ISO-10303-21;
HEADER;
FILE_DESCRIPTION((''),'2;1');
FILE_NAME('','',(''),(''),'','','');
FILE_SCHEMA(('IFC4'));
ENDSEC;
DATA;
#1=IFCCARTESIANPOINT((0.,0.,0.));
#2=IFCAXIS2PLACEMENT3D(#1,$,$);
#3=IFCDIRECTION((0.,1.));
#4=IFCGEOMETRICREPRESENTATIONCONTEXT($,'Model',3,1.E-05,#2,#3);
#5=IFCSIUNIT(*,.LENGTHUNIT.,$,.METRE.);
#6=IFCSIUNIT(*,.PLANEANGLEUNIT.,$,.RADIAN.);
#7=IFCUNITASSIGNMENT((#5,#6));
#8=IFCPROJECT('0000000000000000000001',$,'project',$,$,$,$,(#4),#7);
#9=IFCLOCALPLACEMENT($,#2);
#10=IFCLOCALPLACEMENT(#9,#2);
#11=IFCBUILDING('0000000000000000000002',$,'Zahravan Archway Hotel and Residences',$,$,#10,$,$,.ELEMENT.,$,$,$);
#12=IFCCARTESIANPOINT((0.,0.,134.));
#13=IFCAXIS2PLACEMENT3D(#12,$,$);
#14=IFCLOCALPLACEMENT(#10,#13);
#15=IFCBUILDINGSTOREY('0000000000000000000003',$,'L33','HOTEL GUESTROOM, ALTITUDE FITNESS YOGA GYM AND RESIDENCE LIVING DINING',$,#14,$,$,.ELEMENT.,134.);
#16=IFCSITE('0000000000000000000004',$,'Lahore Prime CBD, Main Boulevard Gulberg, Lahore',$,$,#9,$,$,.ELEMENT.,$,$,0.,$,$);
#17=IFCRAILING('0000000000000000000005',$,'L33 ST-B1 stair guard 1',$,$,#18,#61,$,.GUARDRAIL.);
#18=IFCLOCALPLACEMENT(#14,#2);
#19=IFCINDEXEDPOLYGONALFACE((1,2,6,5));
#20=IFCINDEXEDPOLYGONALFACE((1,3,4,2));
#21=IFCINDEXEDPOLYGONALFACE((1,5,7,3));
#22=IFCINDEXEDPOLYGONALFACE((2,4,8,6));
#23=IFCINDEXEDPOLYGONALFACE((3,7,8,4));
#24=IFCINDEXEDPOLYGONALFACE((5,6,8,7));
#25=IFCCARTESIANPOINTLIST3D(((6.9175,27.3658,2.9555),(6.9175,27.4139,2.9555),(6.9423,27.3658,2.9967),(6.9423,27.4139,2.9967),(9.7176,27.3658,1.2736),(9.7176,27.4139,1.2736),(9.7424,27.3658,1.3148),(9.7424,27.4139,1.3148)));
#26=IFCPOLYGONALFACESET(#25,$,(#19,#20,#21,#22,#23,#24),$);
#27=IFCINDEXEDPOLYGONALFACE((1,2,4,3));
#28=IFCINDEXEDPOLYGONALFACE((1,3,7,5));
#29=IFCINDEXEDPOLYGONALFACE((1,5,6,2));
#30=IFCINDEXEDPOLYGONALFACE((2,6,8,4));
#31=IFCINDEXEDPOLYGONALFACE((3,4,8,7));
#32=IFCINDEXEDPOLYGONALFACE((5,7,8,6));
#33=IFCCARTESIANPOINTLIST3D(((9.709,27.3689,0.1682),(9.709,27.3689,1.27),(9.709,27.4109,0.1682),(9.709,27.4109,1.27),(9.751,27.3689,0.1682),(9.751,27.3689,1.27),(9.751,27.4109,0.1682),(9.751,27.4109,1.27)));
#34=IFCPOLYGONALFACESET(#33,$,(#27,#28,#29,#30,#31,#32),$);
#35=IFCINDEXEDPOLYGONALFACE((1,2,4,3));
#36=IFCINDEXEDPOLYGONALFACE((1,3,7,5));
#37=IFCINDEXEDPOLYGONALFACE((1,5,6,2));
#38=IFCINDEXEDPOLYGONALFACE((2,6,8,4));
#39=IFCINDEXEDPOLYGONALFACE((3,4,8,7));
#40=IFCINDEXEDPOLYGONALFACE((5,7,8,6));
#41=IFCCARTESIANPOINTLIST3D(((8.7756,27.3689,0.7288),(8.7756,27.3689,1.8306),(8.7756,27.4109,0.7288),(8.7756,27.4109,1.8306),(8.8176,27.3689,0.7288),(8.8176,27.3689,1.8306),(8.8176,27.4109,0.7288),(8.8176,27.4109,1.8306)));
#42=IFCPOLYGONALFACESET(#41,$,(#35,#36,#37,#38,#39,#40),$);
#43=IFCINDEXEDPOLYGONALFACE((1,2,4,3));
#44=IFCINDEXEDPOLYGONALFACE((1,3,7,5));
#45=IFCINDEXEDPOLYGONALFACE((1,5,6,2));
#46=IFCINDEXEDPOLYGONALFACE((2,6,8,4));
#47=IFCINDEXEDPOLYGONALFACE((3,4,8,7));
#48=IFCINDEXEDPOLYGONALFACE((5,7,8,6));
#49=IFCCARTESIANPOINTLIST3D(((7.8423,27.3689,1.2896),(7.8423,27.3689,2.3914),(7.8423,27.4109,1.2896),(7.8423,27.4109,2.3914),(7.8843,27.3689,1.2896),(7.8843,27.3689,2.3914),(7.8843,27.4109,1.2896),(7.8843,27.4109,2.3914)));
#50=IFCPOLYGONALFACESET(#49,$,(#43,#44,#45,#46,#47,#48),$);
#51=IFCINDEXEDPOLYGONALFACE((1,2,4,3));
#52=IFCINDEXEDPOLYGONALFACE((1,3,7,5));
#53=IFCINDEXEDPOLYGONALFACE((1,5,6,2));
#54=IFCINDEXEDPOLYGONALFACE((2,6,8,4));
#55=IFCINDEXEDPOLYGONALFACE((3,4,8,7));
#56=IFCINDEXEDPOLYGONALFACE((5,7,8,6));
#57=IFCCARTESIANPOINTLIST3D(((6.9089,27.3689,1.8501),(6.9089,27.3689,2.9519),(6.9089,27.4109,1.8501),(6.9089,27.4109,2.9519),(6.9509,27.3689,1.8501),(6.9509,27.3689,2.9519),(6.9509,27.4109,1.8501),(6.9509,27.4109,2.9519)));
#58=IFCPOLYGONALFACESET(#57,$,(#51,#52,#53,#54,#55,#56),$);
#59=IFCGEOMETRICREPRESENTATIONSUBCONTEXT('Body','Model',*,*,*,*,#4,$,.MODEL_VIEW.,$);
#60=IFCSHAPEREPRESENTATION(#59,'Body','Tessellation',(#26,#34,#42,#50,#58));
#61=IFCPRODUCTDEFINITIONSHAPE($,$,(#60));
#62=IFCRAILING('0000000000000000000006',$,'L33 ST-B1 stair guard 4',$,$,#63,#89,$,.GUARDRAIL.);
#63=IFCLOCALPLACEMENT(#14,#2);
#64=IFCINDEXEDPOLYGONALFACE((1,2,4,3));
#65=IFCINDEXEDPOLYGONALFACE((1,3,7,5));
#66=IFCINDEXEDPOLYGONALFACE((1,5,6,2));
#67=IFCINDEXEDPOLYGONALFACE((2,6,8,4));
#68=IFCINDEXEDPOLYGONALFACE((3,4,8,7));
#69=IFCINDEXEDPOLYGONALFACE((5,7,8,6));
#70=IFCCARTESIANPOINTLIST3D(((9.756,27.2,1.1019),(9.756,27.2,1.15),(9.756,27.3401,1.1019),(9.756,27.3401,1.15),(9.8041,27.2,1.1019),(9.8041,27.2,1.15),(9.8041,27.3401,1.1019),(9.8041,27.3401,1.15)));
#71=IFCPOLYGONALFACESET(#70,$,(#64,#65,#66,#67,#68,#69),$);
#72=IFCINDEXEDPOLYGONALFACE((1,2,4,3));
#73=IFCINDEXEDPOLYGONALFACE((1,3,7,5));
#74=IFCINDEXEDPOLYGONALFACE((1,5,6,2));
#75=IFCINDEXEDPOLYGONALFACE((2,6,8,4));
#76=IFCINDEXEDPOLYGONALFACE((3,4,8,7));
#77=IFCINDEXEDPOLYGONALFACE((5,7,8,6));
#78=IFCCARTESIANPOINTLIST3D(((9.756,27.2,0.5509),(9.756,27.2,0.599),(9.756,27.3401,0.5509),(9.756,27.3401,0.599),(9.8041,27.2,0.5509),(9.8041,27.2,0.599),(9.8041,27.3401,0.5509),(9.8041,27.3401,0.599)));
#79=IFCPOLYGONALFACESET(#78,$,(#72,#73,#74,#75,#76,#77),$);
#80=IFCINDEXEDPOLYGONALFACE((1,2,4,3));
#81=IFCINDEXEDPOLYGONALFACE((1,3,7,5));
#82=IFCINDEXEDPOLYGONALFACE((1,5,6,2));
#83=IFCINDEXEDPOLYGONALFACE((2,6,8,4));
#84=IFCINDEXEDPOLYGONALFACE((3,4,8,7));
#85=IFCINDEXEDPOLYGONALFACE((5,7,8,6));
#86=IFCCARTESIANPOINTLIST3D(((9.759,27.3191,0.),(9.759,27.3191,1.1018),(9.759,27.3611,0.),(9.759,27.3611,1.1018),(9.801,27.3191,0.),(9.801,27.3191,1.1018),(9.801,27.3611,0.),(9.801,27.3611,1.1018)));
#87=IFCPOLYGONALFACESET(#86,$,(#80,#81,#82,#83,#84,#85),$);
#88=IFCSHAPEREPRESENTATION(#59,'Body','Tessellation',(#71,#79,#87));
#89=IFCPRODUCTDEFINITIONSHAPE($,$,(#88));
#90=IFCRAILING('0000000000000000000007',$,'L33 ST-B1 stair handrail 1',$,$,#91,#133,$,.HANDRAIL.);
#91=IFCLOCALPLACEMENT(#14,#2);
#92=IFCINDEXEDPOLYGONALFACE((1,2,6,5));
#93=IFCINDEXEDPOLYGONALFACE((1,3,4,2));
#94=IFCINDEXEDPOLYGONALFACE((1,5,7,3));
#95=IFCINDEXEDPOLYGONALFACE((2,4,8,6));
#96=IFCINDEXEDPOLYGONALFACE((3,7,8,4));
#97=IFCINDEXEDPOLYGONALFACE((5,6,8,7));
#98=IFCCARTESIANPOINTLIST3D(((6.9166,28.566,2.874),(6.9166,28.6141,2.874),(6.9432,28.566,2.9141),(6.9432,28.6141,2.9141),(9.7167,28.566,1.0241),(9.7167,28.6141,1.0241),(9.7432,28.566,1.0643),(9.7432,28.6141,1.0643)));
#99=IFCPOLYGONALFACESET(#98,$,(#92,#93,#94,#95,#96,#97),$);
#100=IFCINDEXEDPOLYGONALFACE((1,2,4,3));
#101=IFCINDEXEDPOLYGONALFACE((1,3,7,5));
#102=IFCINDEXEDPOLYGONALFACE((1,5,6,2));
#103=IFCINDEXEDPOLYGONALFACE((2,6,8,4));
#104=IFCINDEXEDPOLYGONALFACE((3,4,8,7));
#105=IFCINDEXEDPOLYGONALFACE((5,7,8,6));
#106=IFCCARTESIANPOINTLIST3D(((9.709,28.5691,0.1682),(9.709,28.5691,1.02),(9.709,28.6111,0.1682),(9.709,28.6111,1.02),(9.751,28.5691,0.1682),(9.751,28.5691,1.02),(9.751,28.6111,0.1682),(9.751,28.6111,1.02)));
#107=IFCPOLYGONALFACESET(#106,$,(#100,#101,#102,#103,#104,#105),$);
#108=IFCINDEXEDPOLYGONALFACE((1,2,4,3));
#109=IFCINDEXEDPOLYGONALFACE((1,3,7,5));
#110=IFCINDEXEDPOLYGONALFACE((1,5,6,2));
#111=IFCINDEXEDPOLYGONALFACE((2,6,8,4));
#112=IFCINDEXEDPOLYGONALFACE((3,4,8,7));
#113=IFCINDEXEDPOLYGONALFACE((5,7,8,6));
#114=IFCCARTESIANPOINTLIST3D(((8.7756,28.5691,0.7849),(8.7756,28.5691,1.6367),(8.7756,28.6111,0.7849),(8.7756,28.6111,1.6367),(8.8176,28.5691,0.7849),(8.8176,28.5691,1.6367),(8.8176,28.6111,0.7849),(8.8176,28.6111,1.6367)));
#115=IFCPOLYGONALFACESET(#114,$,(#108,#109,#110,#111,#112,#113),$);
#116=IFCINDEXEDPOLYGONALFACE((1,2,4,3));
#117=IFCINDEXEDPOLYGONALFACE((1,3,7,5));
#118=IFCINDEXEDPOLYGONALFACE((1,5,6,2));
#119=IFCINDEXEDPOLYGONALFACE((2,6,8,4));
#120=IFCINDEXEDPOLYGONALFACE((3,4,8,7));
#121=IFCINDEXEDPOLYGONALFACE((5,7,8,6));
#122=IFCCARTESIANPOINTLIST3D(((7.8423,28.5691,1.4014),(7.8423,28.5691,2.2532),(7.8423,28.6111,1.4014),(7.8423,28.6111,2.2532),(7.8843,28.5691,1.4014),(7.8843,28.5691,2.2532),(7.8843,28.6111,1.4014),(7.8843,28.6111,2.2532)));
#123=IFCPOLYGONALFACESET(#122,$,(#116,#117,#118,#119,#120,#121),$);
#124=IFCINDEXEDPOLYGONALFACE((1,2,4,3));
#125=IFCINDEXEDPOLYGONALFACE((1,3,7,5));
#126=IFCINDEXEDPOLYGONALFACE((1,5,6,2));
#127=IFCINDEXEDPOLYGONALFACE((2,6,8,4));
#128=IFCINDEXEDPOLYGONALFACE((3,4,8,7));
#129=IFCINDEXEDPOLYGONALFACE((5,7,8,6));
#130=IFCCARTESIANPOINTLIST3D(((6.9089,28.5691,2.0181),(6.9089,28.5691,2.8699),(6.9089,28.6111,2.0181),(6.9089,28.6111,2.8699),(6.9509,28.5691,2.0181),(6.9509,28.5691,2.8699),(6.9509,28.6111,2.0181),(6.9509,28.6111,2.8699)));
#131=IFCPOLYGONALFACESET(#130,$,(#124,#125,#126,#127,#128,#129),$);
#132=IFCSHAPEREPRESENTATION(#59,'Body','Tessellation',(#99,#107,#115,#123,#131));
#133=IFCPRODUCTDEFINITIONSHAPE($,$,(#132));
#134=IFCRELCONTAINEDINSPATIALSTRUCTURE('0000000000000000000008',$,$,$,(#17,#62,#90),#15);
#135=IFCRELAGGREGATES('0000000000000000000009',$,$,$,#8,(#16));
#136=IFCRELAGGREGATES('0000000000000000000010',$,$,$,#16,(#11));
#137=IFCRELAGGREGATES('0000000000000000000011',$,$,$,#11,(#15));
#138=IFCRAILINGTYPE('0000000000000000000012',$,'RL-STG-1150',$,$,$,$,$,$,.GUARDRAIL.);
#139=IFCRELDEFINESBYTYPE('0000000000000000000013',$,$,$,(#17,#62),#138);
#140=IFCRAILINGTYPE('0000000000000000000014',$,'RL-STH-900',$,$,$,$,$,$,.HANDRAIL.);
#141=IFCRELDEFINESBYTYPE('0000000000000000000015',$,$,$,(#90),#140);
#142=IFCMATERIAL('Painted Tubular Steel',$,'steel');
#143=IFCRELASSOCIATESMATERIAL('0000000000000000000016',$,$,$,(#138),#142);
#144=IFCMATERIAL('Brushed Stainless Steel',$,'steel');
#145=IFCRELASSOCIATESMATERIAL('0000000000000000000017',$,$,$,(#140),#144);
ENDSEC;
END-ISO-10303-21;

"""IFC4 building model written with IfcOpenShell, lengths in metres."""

from ifc_helpers import new_model, si_unit, direction, frame, origin, origin_2d, place, context, subcontext, project, spatial, rectangle, extrude, material, type_object, element, save


model = new_model("IFC4")

# Units and contexts
model_context = context("Model", 3, precision=1e-05, world=origin(), true_north=direction((0.0, 1.0)))
body_context = subcontext(model_context, "Body", "Model", "MODEL_VIEW")
ifc_project = project(units=[si_unit("LENGTHUNIT", "METRE"), si_unit("PLANEANGLEUNIT", "RADIAN")], contexts=[model_context])

# Site, building, storey
site_placement = place(None, origin())
site = spatial("IfcSite", under=ifc_project, at=site_placement, Name="Lahore Prime CBD, Main Boulevard Gulberg, Lahore", CompositionType="ELEMENT", RefElevation=0.0)
building_placement = place(site_placement, origin())
building = spatial("IfcBuilding", under=site, at=building_placement, Name="Zahravan Archway Hotel and Residences", CompositionType="ELEMENT")
storey_placement = place(building_placement, frame((0.0, 0.0, 134.0)))
storey = spatial("IfcBuildingStorey", under=building, at=storey_placement, Name="L33", Description="HOTEL GUESTROOM, ALTITUDE FITNESS YOGA GYM AND RESIDENCE LIVING DINING", CompositionType="ELEMENT", Elevation=134.0)

# Shared definitions
ifc_material_1 = material(Name="Brushed Stainless Steel", Category="steel")

# Railings
ifc_material_2 = material(Name="Painted Tubular Steel", Category="steel")
railing_type_1 = type_object("IfcRailingType", Name="RL-STG-1150", PredefinedType="GUARDRAIL", material=ifc_material_2)
railing_1_placement = place(storey_placement, frame((9.73, 27.3899, 0.1682)))
element("IfcRailing", 1, at=railing_1_placement, inside=storey, type_object=railing_type_1, Name="L33 ST-B1 stair guard 1", PredefinedType="GUARDRAIL", context=body_context, shape_type="SweptSolid", body=[
    extrude(rectangle(XDim=0.0481, YDim=0.0481, at=origin_2d()), frame((0.0, 0.0, 1.126), z_axis=(-0.857242, 0.0, 0.514913), x_axis=(0.0, -1.0, 0.0)), (0.0, 0.0, 1.0), 3.2664),
    extrude(rectangle(XDim=0.042, YDim=0.042, at=origin_2d()), origin(), (0.0, 0.0, 1.0), 1.1018),
    extrude(rectangle(XDim=0.042, YDim=0.042, at=origin_2d()), frame((-0.9333, 0.0, 0.5605)), (0.0, 0.0, 1.0), 1.1018),
    extrude(rectangle(XDim=0.042, YDim=0.042, at=origin_2d()), frame((-1.8667, 0.0, 1.1213)), (0.0, 0.0, 1.0), 1.1018),
    extrude(rectangle(XDim=0.042, YDim=0.042, at=origin_2d()), frame((-2.8, 0.0, 1.6819)), (0.0, 0.0, 1.0), 1.1018),
])
railing_2_placement = place(storey_placement, frame((9.78, 27.3401, 0.0)))
element("IfcRailing", 2, at=railing_2_placement, inside=storey, type_object=railing_type_1, Name="L33 ST-B1 stair guard 4", PredefinedType="GUARDRAIL", context=body_context, shape_type="SweptSolid", body=[
    extrude(rectangle(XDim=0.0481, YDim=0.0481, at=origin_2d()), frame((0.0, 0.0, 1.126), z_axis=(0.0, -1.0, 0.0), x_axis=(1.0, 0.0, 0.0)), (0.0, 0.0, 1.0), 0.1401),
    extrude(rectangle(XDim=0.0481, YDim=0.0481, at=origin_2d()), frame((0.0, 0.0, 0.575), z_axis=(0.0, -1.0, 0.0), x_axis=(1.0, 0.0, 0.0)), (0.0, 0.0, 1.0), 0.1401),
    extrude(rectangle(XDim=0.042, YDim=0.042, at=origin_2d()), origin(), (0.0, 0.0, 1.0), 1.1018),
])
railing_type_2 = type_object("IfcRailingType", Name="RL-STH-900", PredefinedType="HANDRAIL", material=ifc_material_1)
railing_3_placement = place(storey_placement, frame((9.73, 28.5901, 0.1682)))
element("IfcRailing", 3, at=railing_3_placement, inside=storey, type_object=railing_type_2, Name="L33 ST-B1 stair handrail 1", PredefinedType="HANDRAIL", context=body_context, shape_type="SweptSolid", body=[
    extrude(rectangle(XDim=0.0481, YDim=0.0481, at=origin_2d()), frame((0.0, 0.0, 0.876), z_axis=(-0.83436, 0.0, 0.55122), x_axis=(0.0, -1.0, 0.0)), (0.0, 0.0, 1.0), 3.356),
    extrude(rectangle(XDim=0.042, YDim=0.042, at=origin_2d()), origin(), (0.0, 0.0, 1.0), 0.8518),
    extrude(rectangle(XDim=0.042, YDim=0.042, at=origin_2d()), frame((-0.9333, 0.0, 0.6167)), (0.0, 0.0, 1.0), 0.8518),
    extrude(rectangle(XDim=0.042, YDim=0.042, at=origin_2d()), frame((-1.8667, 0.0, 1.2332)), (0.0, 0.0, 1.0), 0.8518),
    extrude(rectangle(XDim=0.042, YDim=0.042, at=origin_2d()), frame((-2.8, 0.0, 1.8499)), (0.0, 0.0, 1.0), 0.8518),
])

save(model, "model.ifc")
